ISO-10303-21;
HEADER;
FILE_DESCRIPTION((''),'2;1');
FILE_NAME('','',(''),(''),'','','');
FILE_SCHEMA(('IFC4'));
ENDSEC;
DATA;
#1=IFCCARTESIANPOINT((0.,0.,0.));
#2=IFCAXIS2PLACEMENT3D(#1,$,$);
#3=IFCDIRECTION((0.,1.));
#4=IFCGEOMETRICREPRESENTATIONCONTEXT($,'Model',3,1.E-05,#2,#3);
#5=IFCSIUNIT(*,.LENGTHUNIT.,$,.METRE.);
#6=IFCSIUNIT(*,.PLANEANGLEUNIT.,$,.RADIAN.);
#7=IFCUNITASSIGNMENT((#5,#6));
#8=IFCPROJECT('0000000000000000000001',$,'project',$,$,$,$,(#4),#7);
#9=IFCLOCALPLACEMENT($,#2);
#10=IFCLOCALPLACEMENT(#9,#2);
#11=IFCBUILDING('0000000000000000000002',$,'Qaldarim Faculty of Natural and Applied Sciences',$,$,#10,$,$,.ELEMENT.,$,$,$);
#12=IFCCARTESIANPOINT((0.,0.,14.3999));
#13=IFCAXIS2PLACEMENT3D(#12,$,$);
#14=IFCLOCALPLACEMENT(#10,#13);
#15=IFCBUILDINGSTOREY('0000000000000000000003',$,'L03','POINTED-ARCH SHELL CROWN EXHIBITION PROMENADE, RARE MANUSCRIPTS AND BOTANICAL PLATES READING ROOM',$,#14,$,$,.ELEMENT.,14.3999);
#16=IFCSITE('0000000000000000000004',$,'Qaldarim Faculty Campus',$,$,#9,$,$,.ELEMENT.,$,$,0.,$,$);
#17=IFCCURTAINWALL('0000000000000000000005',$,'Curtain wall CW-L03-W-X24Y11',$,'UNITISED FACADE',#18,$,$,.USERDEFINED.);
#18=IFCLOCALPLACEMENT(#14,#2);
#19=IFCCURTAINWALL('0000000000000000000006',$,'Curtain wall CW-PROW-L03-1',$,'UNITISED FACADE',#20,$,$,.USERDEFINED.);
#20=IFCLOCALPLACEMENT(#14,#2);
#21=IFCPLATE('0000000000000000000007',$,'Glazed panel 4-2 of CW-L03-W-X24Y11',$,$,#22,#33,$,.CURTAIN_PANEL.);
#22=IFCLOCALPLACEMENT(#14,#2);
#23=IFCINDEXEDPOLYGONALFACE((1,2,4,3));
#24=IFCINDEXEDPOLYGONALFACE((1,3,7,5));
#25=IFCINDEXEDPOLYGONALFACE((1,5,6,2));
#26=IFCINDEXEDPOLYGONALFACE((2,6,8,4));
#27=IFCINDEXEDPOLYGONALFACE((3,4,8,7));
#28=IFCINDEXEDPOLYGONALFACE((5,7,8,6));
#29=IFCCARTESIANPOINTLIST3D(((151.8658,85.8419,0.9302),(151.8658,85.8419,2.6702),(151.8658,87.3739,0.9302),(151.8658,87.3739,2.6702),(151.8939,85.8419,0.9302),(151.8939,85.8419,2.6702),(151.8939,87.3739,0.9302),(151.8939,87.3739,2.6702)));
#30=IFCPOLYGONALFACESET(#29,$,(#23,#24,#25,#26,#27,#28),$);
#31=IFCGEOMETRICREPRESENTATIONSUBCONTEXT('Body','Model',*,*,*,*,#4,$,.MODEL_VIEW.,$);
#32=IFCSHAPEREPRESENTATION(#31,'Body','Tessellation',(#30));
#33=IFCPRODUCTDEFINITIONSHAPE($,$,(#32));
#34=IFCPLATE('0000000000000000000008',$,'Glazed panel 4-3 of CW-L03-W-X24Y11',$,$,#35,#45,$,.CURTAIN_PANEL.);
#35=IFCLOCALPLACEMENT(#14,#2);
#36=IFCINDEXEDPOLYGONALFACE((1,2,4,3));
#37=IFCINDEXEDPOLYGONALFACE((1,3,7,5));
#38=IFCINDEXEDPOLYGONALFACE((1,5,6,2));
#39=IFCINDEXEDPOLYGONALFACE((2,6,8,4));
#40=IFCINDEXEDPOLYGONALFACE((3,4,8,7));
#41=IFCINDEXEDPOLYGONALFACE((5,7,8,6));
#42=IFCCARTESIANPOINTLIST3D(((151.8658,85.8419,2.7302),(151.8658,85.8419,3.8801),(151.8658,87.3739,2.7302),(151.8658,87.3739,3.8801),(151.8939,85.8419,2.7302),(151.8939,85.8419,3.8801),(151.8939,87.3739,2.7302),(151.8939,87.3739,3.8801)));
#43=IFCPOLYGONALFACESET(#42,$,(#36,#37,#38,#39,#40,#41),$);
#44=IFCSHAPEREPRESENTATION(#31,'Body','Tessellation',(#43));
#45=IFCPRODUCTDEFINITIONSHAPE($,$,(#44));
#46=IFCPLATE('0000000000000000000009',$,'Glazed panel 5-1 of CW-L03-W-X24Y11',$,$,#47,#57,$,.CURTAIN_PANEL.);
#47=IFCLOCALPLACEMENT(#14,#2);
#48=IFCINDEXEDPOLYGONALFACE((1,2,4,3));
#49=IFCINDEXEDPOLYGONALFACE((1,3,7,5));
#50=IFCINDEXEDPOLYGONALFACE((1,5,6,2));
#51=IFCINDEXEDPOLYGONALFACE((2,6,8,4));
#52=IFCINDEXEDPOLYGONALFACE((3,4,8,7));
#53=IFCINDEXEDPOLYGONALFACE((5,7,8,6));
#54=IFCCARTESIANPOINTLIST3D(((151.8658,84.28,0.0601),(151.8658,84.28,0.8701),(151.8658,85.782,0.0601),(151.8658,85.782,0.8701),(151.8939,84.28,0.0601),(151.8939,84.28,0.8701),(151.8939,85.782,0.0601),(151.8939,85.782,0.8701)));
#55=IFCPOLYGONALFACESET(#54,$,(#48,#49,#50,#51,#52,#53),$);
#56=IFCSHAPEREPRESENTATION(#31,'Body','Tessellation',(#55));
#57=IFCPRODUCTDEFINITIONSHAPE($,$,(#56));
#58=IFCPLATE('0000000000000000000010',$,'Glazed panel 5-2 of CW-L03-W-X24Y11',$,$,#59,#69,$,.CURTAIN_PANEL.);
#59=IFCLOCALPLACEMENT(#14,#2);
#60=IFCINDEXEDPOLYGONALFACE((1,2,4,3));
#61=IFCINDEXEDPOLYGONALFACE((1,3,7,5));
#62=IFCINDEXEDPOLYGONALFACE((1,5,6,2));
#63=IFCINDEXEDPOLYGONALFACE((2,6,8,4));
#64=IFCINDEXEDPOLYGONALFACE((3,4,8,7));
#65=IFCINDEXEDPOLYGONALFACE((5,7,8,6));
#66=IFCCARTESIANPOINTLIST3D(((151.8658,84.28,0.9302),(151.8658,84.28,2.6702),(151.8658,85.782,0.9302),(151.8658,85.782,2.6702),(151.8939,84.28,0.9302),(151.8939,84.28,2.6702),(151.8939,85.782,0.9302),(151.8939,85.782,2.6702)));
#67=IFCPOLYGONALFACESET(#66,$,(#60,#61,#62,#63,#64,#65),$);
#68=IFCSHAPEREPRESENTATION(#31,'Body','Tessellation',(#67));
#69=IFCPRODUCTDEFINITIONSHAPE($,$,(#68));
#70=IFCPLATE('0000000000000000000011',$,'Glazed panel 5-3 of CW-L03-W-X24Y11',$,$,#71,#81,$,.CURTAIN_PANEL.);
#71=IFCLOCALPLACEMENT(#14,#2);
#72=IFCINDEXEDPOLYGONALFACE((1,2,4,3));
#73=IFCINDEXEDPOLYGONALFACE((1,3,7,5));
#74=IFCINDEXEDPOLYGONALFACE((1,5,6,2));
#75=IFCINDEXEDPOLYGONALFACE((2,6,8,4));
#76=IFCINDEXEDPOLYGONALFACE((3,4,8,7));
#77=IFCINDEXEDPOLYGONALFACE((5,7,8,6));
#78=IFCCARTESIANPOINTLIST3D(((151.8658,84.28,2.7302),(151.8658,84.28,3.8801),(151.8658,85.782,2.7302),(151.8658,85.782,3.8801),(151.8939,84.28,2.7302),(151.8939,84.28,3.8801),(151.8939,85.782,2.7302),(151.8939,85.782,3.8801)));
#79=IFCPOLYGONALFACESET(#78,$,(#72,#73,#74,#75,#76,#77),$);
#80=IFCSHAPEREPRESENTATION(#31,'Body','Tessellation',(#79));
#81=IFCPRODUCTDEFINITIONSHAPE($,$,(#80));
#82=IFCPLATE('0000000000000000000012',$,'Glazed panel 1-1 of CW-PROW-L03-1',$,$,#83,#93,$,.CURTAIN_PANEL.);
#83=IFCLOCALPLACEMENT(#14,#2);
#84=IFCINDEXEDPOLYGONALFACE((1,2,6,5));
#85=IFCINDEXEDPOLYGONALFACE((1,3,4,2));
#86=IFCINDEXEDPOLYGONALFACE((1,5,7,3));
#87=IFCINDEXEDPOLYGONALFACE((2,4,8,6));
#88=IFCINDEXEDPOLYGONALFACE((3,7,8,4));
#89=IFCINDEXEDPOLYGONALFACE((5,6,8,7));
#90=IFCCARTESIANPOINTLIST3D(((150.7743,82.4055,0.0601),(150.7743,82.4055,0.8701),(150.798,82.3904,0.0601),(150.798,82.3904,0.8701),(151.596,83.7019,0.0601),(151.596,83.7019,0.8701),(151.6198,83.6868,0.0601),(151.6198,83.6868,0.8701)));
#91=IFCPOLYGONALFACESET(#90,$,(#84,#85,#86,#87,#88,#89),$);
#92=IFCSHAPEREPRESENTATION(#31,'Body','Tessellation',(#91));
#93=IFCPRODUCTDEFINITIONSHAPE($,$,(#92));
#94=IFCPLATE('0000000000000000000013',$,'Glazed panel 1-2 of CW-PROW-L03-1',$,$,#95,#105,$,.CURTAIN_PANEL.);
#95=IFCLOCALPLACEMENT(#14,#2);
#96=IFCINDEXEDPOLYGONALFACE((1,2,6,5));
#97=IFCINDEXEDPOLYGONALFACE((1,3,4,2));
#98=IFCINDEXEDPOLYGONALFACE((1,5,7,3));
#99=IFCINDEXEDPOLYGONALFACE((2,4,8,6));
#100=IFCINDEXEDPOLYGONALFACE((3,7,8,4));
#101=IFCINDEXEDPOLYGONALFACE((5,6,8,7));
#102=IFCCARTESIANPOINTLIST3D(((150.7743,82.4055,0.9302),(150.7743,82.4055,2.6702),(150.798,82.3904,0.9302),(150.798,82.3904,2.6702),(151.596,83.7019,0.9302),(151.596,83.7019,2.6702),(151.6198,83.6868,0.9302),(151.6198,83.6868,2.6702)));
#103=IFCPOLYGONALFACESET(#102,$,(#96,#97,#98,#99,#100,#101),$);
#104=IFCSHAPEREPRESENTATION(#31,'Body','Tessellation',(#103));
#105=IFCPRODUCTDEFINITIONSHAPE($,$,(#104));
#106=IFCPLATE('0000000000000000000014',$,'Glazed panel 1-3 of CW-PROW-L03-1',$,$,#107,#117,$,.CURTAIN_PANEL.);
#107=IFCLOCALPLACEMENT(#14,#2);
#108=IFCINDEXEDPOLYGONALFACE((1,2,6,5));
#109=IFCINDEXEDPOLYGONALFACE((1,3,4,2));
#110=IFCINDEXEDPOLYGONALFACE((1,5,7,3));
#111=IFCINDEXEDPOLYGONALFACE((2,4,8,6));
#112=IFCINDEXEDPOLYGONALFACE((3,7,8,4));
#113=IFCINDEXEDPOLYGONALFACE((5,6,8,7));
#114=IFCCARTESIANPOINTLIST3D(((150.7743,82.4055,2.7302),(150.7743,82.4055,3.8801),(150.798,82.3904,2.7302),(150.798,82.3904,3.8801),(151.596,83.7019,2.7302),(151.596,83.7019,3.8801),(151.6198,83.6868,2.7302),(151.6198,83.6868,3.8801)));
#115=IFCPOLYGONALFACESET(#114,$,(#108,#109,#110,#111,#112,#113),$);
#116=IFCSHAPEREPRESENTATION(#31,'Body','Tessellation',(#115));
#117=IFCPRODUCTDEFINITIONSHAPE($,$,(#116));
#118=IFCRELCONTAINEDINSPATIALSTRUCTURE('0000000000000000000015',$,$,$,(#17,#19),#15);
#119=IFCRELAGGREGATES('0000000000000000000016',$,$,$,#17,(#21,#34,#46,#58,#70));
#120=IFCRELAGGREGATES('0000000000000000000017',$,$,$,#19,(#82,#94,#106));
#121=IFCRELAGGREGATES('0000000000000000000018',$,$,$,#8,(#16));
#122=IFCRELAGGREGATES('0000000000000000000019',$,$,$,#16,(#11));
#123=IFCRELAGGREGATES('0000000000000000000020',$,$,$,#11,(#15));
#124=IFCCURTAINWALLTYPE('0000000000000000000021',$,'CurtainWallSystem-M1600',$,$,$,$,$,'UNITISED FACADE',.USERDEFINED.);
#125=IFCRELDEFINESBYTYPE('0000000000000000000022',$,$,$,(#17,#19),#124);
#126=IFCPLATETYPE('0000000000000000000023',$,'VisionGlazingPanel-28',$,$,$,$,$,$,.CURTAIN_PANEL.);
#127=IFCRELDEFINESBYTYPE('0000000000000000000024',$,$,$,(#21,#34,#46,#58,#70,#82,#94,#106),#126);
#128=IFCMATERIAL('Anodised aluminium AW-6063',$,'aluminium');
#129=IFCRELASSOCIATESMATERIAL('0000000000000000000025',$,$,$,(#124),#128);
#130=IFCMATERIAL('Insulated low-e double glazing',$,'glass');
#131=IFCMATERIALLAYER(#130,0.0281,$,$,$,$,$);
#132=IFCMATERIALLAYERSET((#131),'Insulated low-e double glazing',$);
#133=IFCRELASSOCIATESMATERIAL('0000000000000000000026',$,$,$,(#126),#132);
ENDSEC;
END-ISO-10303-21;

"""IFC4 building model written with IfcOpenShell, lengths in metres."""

from ifc_helpers import new_model, si_unit, direction, frame, origin, origin_2d, place, context, subcontext, project, spatial, rectangle, extrude, material, layer, layer_set, type_object, element, aggregate, save


model = new_model("IFC4")

# Units and contexts
model_context = context("Model", 3, precision=1e-05, world=origin(), true_north=direction((0.0, 1.0)))
body_context = subcontext(model_context, "Body", "Model", "MODEL_VIEW")
ifc_project = project(units=[si_unit("LENGTHUNIT", "METRE"), si_unit("PLANEANGLEUNIT", "RADIAN")], contexts=[model_context])

# Site, building, storey
site_placement = place(None, origin())
site = spatial("IfcSite", under=ifc_project, at=site_placement, Name="Qaldarim Faculty Campus", CompositionType="ELEMENT", RefElevation=0.0)
building_placement = place(site_placement, origin())
building = spatial("IfcBuilding", under=site, at=building_placement, Name="Qaldarim Faculty of Natural and Applied Sciences", CompositionType="ELEMENT")
storey_placement = place(building_placement, frame((0.0, 0.0, 14.3999)))
storey = spatial("IfcBuildingStorey", under=building, at=storey_placement, Name="L03", Description="POINTED-ARCH SHELL CROWN EXHIBITION PROMENADE, RARE MANUSCRIPTS AND BOTANICAL PLATES READING ROOM", CompositionType="ELEMENT", Elevation=14.3999)

# Curtain wall
ifc_material_1 = material(Name="Anodised aluminium AW-6063", Category="aluminium")
curtain_wall_type = type_object("IfcCurtainWallType", Name="CurtainWallSystem-M1600", ElementType="UNITISED FACADE", PredefinedType="USERDEFINED", material=ifc_material_1)
curtain_wall_1_placement = place(storey_placement, origin())
curtain_wall_1 = element("IfcCurtainWall", 1, at=curtain_wall_1_placement, inside=storey, type_object=curtain_wall_type, Name="Curtain wall CW-L03-W-X24Y11", ObjectType="UNITISED FACADE", PredefinedType="USERDEFINED")

# Curtain wall
curtain_wall_2_placement = place(storey_placement, origin())
curtain_wall_2 = element("IfcCurtainWall", 2, at=curtain_wall_2_placement, inside=storey, type_object=curtain_wall_type, Name="Curtain wall CW-PROW-L03-1", ObjectType="UNITISED FACADE", PredefinedType="USERDEFINED")

# Plates
ifc_material_2 = material(Name="Insulated low-e double glazing", Category="glass")
ifc_layer = layer(ifc_material_2, 0.0281)
ifc_layer_set = layer_set([ifc_layer], Name="Insulated low-e double glazing")
plate_type = type_object("IfcPlateType", Name="VisionGlazingPanel-28", PredefinedType="CURTAIN_PANEL", material=ifc_layer_set)
plate_1_placement = place(storey_placement, frame((151.8799, 86.6079, 0.9302), z_axis=(0.0, 0.0, 1.0), x_axis=(0.0, -1.0, 0.0)))
plate_1 = element("IfcPlate", 3, at=plate_1_placement, type_object=plate_type, Name="Glazed panel 4-2 of CW-L03-W-X24Y11", PredefinedType="CURTAIN_PANEL", context=body_context, shape_type="SweptSolid", body=[
    extrude(rectangle(XDim=1.532, YDim=0.0281, at=origin_2d()), origin(), (0.0, 0.0, 1.0), 1.74),
])
plate_2_placement = place(storey_placement, frame((151.8799, 86.6079, 2.7302), z_axis=(0.0, 0.0, 1.0), x_axis=(0.0, -1.0, 0.0)))
plate_2 = element("IfcPlate", 4, at=plate_2_placement, type_object=plate_type, Name="Glazed panel 4-3 of CW-L03-W-X24Y11", PredefinedType="CURTAIN_PANEL", context=body_context, shape_type="SweptSolid", body=[
    extrude(rectangle(XDim=1.532, YDim=0.0281, at=origin_2d()), origin(), (0.0, 0.0, 1.0), 1.1499),
])
plate_3_placement = place(storey_placement, frame((151.8799, 85.031, 0.0601), z_axis=(0.0, 0.0, 1.0), x_axis=(0.0, -1.0, 0.0)))
plate_3 = element("IfcPlate", 5, at=plate_3_placement, type_object=plate_type, Name="Glazed panel 5-1 of CW-L03-W-X24Y11", PredefinedType="CURTAIN_PANEL", context=body_context, shape_type="SweptSolid", body=[
    extrude(rectangle(XDim=1.502, YDim=0.0281, at=origin_2d()), origin(), (0.0, 0.0, 1.0), 0.8101),
])
plate_4_placement = place(storey_placement, frame((151.8799, 85.031, 0.9302), z_axis=(0.0, 0.0, 1.0), x_axis=(0.0, -1.0, 0.0)))
plate_4 = element("IfcPlate", 6, at=plate_4_placement, type_object=plate_type, Name="Glazed panel 5-2 of CW-L03-W-X24Y11", PredefinedType="CURTAIN_PANEL", context=body_context, shape_type="SweptSolid", body=[
    extrude(rectangle(XDim=1.502, YDim=0.0281, at=origin_2d()), origin(), (0.0, 0.0, 1.0), 1.74),
])
plate_5_placement = place(storey_placement, frame((151.8799, 85.031, 2.7302), z_axis=(0.0, 0.0, 1.0), x_axis=(0.0, -1.0, 0.0)))
plate_5 = element("IfcPlate", 7, at=plate_5_placement, type_object=plate_type, Name="Glazed panel 5-3 of CW-L03-W-X24Y11", PredefinedType="CURTAIN_PANEL", context=body_context, shape_type="SweptSolid", body=[
    extrude(rectangle(XDim=1.502, YDim=0.0281, at=origin_2d()), origin(), (0.0, 0.0, 1.0), 1.1499),
])
aggregate(curtain_wall_1, [plate_1, plate_2, plate_3, plate_4, plate_5])
plate_6_placement = place(storey_placement, frame((151.197, 83.0461, 0.0601), z_axis=(0.0, 0.0, 1.0), x_axis=(-0.535385, -0.844608, 0.0)))
plate_6 = element("IfcPlate", 8, at=plate_6_placement, type_object=plate_type, Name="Glazed panel 1-1 of CW-PROW-L03-1", PredefinedType="CURTAIN_PANEL", context=body_context, shape_type="SweptSolid", body=[
    extrude(rectangle(XDim=1.5349, YDim=0.0281, at=origin_2d()), origin(), (0.0, 0.0, 1.0), 0.8101),
])
plate_7_placement = place(storey_placement, frame((151.197, 83.0461, 0.9302), z_axis=(0.0, 0.0, 1.0), x_axis=(-0.535385, -0.844608, 0.0)))
plate_7 = element("IfcPlate", 9, at=plate_7_placement, type_object=plate_type, Name="Glazed panel 1-2 of CW-PROW-L03-1", PredefinedType="CURTAIN_PANEL", context=body_context, shape_type="SweptSolid", body=[
    extrude(rectangle(XDim=1.5349, YDim=0.0281, at=origin_2d()), origin(), (0.0, 0.0, 1.0), 1.74),
])
plate_8_placement = place(storey_placement, frame((151.197, 83.0461, 2.7302), z_axis=(0.0, 0.0, 1.0), x_axis=(-0.535385, -0.844608, 0.0)))
plate_8 = element("IfcPlate", 10, at=plate_8_placement, type_object=plate_type, Name="Glazed panel 1-3 of CW-PROW-L03-1", PredefinedType="CURTAIN_PANEL", context=body_context, shape_type="SweptSolid", body=[
    extrude(rectangle(XDim=1.5349, YDim=0.0281, at=origin_2d()), origin(), (0.0, 0.0, 1.0), 1.1499),
])
aggregate(curtain_wall_2, [plate_6, plate_7, plate_8])

save(model, "model.ifc")
